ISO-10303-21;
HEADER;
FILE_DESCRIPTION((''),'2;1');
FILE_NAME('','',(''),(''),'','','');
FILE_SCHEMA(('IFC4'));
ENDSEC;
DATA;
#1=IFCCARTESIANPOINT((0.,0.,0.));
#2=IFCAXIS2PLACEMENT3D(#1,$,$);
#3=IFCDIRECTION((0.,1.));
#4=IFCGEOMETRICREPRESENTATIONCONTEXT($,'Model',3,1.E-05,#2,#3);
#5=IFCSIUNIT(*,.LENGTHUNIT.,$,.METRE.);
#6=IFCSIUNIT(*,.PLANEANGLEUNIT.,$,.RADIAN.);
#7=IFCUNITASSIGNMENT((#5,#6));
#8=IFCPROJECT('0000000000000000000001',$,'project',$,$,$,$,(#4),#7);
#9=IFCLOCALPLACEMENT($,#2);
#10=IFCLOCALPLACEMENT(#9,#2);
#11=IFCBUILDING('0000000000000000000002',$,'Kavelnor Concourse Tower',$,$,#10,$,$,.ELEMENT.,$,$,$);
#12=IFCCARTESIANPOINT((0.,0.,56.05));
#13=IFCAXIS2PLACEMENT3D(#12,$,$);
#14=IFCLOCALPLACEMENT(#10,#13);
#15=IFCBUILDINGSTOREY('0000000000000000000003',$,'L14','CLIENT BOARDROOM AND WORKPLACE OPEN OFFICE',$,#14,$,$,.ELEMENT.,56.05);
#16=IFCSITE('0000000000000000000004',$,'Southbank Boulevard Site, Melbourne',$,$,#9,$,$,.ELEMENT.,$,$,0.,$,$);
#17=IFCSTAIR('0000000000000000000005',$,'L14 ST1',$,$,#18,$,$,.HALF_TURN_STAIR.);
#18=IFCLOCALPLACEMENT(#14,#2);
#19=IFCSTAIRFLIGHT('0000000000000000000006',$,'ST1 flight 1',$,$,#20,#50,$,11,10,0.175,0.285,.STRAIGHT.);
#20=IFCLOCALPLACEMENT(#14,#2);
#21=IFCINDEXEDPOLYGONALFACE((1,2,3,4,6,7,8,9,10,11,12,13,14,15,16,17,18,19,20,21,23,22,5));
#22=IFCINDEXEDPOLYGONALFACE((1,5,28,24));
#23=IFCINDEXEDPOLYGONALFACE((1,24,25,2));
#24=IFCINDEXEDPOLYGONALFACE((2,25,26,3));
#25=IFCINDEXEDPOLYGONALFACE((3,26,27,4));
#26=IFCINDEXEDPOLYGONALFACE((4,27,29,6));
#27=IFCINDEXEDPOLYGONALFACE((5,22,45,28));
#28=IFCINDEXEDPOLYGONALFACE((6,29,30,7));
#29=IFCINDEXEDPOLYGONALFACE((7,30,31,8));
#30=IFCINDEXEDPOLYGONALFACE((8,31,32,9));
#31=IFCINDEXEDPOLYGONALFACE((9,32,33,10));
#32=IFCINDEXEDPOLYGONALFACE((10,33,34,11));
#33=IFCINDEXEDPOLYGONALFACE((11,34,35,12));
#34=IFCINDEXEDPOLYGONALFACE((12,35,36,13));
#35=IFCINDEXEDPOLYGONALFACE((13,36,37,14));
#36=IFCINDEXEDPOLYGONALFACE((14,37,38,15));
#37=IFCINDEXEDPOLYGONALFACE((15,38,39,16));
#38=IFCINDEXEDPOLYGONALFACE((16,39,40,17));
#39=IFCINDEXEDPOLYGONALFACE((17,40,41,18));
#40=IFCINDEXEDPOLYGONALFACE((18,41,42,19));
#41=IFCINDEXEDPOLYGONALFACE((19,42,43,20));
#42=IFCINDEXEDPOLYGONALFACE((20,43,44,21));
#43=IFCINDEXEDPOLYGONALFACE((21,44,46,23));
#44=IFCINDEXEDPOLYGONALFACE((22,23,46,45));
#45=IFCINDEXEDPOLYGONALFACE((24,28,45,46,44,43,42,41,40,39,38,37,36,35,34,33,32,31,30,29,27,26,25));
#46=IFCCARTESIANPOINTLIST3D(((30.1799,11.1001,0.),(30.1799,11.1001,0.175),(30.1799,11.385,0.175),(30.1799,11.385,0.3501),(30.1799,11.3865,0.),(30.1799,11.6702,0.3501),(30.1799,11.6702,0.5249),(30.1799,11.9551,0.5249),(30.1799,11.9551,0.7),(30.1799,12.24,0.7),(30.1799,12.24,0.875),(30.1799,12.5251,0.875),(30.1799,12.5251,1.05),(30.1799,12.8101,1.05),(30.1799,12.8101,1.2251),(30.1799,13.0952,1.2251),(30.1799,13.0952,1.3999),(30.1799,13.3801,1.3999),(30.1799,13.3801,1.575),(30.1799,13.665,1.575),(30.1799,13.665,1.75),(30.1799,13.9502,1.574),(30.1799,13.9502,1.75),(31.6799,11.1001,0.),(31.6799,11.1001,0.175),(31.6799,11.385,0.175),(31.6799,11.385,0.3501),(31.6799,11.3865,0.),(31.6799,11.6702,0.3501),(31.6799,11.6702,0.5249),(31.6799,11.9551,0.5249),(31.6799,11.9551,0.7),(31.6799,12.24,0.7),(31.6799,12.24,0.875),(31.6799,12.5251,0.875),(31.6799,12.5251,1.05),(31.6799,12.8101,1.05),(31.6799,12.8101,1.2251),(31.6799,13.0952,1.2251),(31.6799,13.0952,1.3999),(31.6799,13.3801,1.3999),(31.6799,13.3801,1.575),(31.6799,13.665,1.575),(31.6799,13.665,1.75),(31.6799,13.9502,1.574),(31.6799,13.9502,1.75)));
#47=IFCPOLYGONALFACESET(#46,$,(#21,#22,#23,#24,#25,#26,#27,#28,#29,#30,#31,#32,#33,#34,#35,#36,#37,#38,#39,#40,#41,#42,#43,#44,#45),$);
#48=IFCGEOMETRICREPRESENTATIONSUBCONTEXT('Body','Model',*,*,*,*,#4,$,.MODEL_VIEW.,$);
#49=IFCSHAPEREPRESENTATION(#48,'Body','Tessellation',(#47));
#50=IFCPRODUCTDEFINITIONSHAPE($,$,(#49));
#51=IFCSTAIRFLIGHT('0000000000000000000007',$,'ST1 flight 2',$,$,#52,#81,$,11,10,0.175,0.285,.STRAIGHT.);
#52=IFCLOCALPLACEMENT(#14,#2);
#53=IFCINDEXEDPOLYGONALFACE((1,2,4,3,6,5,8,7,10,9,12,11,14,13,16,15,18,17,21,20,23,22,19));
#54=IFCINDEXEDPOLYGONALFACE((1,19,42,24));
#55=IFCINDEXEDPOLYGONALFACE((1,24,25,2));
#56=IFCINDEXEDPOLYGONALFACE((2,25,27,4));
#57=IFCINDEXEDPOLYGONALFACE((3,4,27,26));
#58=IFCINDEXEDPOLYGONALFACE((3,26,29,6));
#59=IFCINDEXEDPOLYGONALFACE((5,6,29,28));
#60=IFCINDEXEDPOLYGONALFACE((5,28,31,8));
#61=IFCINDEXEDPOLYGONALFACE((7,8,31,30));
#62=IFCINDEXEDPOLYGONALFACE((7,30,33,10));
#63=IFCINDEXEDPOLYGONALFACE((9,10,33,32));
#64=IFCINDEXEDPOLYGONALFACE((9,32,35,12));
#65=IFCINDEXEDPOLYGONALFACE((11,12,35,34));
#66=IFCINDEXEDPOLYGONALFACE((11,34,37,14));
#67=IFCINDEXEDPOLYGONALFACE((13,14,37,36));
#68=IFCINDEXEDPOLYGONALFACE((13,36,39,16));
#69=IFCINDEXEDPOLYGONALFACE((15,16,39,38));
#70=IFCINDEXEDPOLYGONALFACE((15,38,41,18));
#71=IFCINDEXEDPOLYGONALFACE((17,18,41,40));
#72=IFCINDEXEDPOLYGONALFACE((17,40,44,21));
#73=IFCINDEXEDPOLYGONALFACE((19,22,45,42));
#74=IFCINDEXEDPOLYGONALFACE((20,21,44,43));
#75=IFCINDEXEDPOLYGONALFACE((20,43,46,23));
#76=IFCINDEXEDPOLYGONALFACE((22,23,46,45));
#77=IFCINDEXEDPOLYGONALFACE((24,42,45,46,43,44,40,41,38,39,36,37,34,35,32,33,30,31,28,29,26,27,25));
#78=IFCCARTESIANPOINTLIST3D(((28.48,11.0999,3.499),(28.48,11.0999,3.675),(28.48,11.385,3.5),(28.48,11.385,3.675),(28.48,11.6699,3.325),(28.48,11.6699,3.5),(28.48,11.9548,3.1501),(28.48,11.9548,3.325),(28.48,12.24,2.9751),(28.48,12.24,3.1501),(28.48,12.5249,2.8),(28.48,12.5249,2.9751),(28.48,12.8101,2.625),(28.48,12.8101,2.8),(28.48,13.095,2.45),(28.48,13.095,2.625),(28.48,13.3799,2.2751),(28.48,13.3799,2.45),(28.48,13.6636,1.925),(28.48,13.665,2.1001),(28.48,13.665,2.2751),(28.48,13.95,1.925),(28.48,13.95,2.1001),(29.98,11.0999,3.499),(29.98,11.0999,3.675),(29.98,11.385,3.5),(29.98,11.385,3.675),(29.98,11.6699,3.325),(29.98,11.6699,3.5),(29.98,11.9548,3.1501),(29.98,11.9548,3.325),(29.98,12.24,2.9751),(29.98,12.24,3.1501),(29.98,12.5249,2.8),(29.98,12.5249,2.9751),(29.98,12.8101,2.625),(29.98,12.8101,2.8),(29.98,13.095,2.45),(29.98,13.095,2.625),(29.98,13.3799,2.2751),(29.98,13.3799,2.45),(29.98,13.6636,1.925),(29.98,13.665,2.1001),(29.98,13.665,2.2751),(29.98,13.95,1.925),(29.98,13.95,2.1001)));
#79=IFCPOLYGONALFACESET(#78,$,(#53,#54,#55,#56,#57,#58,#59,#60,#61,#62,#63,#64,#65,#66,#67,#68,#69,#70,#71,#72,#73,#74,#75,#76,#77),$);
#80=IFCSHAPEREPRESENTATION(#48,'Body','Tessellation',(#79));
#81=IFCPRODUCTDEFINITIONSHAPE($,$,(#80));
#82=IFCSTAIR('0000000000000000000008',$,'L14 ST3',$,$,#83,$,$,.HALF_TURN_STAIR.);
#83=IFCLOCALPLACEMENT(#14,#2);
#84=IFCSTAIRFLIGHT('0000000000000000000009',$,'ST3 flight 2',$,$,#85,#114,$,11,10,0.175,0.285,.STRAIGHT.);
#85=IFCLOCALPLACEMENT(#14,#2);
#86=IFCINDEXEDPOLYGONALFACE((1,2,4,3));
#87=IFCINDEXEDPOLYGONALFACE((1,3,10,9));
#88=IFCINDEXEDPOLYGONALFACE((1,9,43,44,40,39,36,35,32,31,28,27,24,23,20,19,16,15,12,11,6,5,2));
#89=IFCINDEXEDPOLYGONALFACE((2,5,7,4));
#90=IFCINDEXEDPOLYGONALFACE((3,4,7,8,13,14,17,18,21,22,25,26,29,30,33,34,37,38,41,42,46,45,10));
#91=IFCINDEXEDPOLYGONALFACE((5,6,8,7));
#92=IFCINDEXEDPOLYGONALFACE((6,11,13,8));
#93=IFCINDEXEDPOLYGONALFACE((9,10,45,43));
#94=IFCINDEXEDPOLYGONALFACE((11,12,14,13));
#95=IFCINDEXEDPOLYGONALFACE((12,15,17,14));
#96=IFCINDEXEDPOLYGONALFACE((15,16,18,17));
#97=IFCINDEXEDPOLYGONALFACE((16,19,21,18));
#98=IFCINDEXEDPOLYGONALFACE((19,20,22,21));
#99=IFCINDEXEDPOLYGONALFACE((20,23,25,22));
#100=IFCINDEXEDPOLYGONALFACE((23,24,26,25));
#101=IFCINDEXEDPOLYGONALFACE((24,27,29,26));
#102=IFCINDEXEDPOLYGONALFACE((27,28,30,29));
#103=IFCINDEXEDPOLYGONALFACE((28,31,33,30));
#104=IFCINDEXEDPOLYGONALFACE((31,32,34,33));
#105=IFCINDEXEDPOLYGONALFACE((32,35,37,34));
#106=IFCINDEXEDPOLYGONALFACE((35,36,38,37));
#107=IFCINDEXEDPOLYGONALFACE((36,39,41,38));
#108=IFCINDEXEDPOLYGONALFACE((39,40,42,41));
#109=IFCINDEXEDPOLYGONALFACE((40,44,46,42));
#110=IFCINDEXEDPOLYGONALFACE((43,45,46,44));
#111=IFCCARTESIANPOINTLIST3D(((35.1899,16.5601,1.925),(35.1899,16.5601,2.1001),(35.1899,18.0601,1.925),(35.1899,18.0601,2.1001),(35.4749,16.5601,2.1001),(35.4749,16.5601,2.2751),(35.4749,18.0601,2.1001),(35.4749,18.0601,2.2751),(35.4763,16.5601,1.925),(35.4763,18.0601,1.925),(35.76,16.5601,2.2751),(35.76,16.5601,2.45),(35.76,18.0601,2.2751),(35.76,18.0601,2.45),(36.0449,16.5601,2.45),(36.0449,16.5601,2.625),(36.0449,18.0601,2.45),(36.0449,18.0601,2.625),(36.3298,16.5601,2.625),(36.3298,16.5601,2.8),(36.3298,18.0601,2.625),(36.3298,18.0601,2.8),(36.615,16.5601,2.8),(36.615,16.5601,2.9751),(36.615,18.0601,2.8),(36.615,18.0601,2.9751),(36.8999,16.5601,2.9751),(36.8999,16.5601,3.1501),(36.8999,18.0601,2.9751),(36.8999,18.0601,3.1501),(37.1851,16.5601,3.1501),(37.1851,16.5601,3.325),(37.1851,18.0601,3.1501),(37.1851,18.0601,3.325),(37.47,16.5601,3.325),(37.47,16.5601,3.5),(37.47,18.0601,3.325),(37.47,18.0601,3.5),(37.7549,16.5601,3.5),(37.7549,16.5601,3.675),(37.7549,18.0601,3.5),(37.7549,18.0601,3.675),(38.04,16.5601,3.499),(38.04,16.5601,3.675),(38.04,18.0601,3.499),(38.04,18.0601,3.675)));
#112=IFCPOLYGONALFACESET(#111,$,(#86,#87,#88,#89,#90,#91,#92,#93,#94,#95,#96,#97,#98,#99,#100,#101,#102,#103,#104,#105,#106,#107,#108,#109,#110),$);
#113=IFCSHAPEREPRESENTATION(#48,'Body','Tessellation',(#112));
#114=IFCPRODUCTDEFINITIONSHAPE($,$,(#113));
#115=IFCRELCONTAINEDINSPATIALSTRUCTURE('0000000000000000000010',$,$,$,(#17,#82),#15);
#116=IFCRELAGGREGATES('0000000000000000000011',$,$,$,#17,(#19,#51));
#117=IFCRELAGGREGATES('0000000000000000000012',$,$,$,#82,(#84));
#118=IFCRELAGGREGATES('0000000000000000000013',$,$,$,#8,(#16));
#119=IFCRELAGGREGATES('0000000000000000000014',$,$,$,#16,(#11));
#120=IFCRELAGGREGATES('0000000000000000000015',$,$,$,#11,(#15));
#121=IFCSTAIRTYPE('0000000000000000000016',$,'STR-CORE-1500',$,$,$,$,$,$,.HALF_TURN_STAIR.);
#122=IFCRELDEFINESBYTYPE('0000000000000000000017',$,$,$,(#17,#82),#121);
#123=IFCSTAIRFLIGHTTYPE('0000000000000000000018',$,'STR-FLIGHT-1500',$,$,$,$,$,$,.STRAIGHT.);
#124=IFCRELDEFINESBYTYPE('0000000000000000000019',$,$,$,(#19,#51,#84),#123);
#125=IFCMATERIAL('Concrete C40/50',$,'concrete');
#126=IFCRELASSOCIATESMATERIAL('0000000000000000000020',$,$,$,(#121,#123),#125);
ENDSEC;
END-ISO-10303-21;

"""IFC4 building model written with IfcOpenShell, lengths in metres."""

from ifc_helpers import new_model, si_unit, direction, frame, origin, place, context, subcontext, project, spatial, polyline, outline, extrude, material, type_object, element, aggregate, save


model = new_model("IFC4")

# Units and contexts
model_context = context("Model", 3, precision=1e-05, world=origin(), true_north=direction((0.0, 1.0)))
body_context = subcontext(model_context, "Body", "Model", "MODEL_VIEW")
ifc_project = project(units=[si_unit("LENGTHUNIT", "METRE"), si_unit("PLANEANGLEUNIT", "RADIAN")], contexts=[model_context])

# Site, building, storey
site_placement = place(None, origin())
site = spatial("IfcSite", under=ifc_project, at=site_placement, Name="Southbank Boulevard Site, Melbourne", CompositionType="ELEMENT", RefElevation=0.0)
building_placement = place(site_placement, origin())
building = spatial("IfcBuilding", under=site, at=building_placement, Name="Kavelnor Concourse Tower", CompositionType="ELEMENT")
storey_placement = place(building_placement, frame((0.0, 0.0, 56.05)))
storey = spatial("IfcBuildingStorey", under=building, at=storey_placement, Name="L14", Description="CLIENT BOARDROOM AND WORKPLACE OPEN OFFICE", CompositionType="ELEMENT", Elevation=56.05)

# Stair, stair flights
ifc_material_1 = material(Name="Concrete C40/50", Category="concrete")
stair_type = type_object("IfcStairType", Name="STR-CORE-1500", PredefinedType="HALF_TURN_STAIR", material=ifc_material_1)
stair_1_placement = place(storey_placement, origin())
stair_1 = element("IfcStair", 1, at=stair_1_placement, inside=storey, type_object=stair_type, Name="L14 ST1", PredefinedType="HALF_TURN_STAIR")
stair_flight_type = type_object("IfcStairFlightType", Name="STR-FLIGHT-1500", PredefinedType="STRAIGHT", material=ifc_material_1)
stair_flight_1_placement = place(storey_placement, frame((30.9299, 11.1001, 0.0), z_axis=(0.0, 0.0, 1.0), x_axis=(0.0, 1.0, 0.0)))
stair_flight_1 = element("IfcStairFlight", 2, at=stair_flight_1_placement, type_object=stair_flight_type, Name="ST1 flight 1", NumberOfRisers=11, NumberOfTreads=10, PredefinedType="STRAIGHT", RiserHeight=0.175, TreadLength=0.285, context=body_context, shape_type="SweptSolid", body=[
    extrude(outline(polyline([(0.0, 0.0), (0.0, 0.175), (0.2849, 0.175), (0.2849, 0.3501), (0.5701, 0.3501), (0.5701, 0.5249), (0.855, 0.5249), (0.855, 0.7), (1.1399, 0.7), (1.1399, 0.875), (1.425, 0.875), (1.425, 1.05), (1.71, 1.05), (1.71, 1.2251), (1.9951, 1.2251), (1.9951, 1.3999), (2.28, 1.3999), (2.28, 1.575), (2.5649, 1.575), (2.5649, 1.75), (2.8501, 1.75), (2.8501, 1.925), (2.8501, 1.574), (0.2864, 0.0), (0.0, 0.0)])), frame((0.0, 0.75, 0.0), z_axis=(0.0, -1.0, 0.0), x_axis=(1.0, 0.0, 0.0)), (0.0, 0.0, 1.0), 1.5),
])
stair_flight_2_placement = place(storey_placement, frame((29.23, 13.95, 1.925), z_axis=(0.0, 0.0, 1.0), x_axis=(0.0, -1.0, 0.0)))
stair_flight_2 = element("IfcStairFlight", 3, at=stair_flight_2_placement, type_object=stair_flight_type, Name="ST1 flight 2", NumberOfRisers=11, NumberOfTreads=10, PredefinedType="STRAIGHT", RiserHeight=0.175, TreadLength=0.285, context=body_context, shape_type="SweptSolid", body=[
    extrude(outline(polyline([(0.0, 0.0), (0.0, 0.175), (0.2849, 0.175), (0.2849, 0.3501), (0.5701, 0.3501), (0.5701, 0.5249), (0.855, 0.5249), (0.855, 0.7), (1.1399, 0.7), (1.1399, 0.875), (1.425, 0.875), (1.425, 1.05), (1.71, 1.05), (1.71, 1.2251), (1.9951, 1.2251), (1.9951, 1.3999), (2.28, 1.3999), (2.28, 1.575), (2.5649, 1.575), (2.5649, 1.75), (2.8501, 1.75), (2.8501, 1.925), (2.8501, 1.574), (0.2864, 0.0), (0.0, 0.0)])), frame((0.0, 0.75, 0.0), z_axis=(0.0, -1.0, 0.0), x_axis=(1.0, 0.0, 0.0)), (0.0, 0.0, 1.0), 1.5),
])
aggregate(stair_1, [stair_flight_1, stair_flight_2])

# Stair, stair flight
stair_2_placement = place(storey_placement, origin())
stair_2 = element("IfcStair", 4, at=stair_2_placement, inside=storey, type_object=stair_type, Name="L14 ST3", PredefinedType="HALF_TURN_STAIR")
stair_flight_3_placement = place(storey_placement, frame((35.1899, 17.3101, 1.925), z_axis=(0.0, 0.0, 1.0), x_axis=(1.0, 0.0, 0.0)))
stair_flight_3 = element("IfcStairFlight", 5, at=stair_flight_3_placement, type_object=stair_flight_type, Name="ST3 flight 2", NumberOfRisers=11, NumberOfTreads=10, PredefinedType="STRAIGHT", RiserHeight=0.175, TreadLength=0.285, context=body_context, shape_type="SweptSolid", body=[
    extrude(outline(polyline([(0.0, 0.0), (0.0, 0.175), (0.2849, 0.175), (0.2849, 0.3501), (0.5701, 0.3501), (0.5701, 0.5249), (0.855, 0.5249), (0.855, 0.7), (1.1399, 0.7), (1.1399, 0.875), (1.425, 0.875), (1.425, 1.05), (1.71, 1.05), (1.71, 1.2251), (1.9951, 1.2251), (1.9951, 1.3999), (2.28, 1.3999), (2.28, 1.575), (2.5649, 1.575), (2.5649, 1.75), (2.8501, 1.75), (2.8501, 1.925), (2.8501, 1.574), (0.2864, 0.0), (0.0, 0.0)])), frame((0.0, 0.75, 0.0), z_axis=(0.0, -1.0, 0.0), x_axis=(1.0, 0.0, 0.0)), (0.0, 0.0, 1.0), 1.5),
])
aggregate(stair_2, [stair_flight_3])

save(model, "model.ifc")
